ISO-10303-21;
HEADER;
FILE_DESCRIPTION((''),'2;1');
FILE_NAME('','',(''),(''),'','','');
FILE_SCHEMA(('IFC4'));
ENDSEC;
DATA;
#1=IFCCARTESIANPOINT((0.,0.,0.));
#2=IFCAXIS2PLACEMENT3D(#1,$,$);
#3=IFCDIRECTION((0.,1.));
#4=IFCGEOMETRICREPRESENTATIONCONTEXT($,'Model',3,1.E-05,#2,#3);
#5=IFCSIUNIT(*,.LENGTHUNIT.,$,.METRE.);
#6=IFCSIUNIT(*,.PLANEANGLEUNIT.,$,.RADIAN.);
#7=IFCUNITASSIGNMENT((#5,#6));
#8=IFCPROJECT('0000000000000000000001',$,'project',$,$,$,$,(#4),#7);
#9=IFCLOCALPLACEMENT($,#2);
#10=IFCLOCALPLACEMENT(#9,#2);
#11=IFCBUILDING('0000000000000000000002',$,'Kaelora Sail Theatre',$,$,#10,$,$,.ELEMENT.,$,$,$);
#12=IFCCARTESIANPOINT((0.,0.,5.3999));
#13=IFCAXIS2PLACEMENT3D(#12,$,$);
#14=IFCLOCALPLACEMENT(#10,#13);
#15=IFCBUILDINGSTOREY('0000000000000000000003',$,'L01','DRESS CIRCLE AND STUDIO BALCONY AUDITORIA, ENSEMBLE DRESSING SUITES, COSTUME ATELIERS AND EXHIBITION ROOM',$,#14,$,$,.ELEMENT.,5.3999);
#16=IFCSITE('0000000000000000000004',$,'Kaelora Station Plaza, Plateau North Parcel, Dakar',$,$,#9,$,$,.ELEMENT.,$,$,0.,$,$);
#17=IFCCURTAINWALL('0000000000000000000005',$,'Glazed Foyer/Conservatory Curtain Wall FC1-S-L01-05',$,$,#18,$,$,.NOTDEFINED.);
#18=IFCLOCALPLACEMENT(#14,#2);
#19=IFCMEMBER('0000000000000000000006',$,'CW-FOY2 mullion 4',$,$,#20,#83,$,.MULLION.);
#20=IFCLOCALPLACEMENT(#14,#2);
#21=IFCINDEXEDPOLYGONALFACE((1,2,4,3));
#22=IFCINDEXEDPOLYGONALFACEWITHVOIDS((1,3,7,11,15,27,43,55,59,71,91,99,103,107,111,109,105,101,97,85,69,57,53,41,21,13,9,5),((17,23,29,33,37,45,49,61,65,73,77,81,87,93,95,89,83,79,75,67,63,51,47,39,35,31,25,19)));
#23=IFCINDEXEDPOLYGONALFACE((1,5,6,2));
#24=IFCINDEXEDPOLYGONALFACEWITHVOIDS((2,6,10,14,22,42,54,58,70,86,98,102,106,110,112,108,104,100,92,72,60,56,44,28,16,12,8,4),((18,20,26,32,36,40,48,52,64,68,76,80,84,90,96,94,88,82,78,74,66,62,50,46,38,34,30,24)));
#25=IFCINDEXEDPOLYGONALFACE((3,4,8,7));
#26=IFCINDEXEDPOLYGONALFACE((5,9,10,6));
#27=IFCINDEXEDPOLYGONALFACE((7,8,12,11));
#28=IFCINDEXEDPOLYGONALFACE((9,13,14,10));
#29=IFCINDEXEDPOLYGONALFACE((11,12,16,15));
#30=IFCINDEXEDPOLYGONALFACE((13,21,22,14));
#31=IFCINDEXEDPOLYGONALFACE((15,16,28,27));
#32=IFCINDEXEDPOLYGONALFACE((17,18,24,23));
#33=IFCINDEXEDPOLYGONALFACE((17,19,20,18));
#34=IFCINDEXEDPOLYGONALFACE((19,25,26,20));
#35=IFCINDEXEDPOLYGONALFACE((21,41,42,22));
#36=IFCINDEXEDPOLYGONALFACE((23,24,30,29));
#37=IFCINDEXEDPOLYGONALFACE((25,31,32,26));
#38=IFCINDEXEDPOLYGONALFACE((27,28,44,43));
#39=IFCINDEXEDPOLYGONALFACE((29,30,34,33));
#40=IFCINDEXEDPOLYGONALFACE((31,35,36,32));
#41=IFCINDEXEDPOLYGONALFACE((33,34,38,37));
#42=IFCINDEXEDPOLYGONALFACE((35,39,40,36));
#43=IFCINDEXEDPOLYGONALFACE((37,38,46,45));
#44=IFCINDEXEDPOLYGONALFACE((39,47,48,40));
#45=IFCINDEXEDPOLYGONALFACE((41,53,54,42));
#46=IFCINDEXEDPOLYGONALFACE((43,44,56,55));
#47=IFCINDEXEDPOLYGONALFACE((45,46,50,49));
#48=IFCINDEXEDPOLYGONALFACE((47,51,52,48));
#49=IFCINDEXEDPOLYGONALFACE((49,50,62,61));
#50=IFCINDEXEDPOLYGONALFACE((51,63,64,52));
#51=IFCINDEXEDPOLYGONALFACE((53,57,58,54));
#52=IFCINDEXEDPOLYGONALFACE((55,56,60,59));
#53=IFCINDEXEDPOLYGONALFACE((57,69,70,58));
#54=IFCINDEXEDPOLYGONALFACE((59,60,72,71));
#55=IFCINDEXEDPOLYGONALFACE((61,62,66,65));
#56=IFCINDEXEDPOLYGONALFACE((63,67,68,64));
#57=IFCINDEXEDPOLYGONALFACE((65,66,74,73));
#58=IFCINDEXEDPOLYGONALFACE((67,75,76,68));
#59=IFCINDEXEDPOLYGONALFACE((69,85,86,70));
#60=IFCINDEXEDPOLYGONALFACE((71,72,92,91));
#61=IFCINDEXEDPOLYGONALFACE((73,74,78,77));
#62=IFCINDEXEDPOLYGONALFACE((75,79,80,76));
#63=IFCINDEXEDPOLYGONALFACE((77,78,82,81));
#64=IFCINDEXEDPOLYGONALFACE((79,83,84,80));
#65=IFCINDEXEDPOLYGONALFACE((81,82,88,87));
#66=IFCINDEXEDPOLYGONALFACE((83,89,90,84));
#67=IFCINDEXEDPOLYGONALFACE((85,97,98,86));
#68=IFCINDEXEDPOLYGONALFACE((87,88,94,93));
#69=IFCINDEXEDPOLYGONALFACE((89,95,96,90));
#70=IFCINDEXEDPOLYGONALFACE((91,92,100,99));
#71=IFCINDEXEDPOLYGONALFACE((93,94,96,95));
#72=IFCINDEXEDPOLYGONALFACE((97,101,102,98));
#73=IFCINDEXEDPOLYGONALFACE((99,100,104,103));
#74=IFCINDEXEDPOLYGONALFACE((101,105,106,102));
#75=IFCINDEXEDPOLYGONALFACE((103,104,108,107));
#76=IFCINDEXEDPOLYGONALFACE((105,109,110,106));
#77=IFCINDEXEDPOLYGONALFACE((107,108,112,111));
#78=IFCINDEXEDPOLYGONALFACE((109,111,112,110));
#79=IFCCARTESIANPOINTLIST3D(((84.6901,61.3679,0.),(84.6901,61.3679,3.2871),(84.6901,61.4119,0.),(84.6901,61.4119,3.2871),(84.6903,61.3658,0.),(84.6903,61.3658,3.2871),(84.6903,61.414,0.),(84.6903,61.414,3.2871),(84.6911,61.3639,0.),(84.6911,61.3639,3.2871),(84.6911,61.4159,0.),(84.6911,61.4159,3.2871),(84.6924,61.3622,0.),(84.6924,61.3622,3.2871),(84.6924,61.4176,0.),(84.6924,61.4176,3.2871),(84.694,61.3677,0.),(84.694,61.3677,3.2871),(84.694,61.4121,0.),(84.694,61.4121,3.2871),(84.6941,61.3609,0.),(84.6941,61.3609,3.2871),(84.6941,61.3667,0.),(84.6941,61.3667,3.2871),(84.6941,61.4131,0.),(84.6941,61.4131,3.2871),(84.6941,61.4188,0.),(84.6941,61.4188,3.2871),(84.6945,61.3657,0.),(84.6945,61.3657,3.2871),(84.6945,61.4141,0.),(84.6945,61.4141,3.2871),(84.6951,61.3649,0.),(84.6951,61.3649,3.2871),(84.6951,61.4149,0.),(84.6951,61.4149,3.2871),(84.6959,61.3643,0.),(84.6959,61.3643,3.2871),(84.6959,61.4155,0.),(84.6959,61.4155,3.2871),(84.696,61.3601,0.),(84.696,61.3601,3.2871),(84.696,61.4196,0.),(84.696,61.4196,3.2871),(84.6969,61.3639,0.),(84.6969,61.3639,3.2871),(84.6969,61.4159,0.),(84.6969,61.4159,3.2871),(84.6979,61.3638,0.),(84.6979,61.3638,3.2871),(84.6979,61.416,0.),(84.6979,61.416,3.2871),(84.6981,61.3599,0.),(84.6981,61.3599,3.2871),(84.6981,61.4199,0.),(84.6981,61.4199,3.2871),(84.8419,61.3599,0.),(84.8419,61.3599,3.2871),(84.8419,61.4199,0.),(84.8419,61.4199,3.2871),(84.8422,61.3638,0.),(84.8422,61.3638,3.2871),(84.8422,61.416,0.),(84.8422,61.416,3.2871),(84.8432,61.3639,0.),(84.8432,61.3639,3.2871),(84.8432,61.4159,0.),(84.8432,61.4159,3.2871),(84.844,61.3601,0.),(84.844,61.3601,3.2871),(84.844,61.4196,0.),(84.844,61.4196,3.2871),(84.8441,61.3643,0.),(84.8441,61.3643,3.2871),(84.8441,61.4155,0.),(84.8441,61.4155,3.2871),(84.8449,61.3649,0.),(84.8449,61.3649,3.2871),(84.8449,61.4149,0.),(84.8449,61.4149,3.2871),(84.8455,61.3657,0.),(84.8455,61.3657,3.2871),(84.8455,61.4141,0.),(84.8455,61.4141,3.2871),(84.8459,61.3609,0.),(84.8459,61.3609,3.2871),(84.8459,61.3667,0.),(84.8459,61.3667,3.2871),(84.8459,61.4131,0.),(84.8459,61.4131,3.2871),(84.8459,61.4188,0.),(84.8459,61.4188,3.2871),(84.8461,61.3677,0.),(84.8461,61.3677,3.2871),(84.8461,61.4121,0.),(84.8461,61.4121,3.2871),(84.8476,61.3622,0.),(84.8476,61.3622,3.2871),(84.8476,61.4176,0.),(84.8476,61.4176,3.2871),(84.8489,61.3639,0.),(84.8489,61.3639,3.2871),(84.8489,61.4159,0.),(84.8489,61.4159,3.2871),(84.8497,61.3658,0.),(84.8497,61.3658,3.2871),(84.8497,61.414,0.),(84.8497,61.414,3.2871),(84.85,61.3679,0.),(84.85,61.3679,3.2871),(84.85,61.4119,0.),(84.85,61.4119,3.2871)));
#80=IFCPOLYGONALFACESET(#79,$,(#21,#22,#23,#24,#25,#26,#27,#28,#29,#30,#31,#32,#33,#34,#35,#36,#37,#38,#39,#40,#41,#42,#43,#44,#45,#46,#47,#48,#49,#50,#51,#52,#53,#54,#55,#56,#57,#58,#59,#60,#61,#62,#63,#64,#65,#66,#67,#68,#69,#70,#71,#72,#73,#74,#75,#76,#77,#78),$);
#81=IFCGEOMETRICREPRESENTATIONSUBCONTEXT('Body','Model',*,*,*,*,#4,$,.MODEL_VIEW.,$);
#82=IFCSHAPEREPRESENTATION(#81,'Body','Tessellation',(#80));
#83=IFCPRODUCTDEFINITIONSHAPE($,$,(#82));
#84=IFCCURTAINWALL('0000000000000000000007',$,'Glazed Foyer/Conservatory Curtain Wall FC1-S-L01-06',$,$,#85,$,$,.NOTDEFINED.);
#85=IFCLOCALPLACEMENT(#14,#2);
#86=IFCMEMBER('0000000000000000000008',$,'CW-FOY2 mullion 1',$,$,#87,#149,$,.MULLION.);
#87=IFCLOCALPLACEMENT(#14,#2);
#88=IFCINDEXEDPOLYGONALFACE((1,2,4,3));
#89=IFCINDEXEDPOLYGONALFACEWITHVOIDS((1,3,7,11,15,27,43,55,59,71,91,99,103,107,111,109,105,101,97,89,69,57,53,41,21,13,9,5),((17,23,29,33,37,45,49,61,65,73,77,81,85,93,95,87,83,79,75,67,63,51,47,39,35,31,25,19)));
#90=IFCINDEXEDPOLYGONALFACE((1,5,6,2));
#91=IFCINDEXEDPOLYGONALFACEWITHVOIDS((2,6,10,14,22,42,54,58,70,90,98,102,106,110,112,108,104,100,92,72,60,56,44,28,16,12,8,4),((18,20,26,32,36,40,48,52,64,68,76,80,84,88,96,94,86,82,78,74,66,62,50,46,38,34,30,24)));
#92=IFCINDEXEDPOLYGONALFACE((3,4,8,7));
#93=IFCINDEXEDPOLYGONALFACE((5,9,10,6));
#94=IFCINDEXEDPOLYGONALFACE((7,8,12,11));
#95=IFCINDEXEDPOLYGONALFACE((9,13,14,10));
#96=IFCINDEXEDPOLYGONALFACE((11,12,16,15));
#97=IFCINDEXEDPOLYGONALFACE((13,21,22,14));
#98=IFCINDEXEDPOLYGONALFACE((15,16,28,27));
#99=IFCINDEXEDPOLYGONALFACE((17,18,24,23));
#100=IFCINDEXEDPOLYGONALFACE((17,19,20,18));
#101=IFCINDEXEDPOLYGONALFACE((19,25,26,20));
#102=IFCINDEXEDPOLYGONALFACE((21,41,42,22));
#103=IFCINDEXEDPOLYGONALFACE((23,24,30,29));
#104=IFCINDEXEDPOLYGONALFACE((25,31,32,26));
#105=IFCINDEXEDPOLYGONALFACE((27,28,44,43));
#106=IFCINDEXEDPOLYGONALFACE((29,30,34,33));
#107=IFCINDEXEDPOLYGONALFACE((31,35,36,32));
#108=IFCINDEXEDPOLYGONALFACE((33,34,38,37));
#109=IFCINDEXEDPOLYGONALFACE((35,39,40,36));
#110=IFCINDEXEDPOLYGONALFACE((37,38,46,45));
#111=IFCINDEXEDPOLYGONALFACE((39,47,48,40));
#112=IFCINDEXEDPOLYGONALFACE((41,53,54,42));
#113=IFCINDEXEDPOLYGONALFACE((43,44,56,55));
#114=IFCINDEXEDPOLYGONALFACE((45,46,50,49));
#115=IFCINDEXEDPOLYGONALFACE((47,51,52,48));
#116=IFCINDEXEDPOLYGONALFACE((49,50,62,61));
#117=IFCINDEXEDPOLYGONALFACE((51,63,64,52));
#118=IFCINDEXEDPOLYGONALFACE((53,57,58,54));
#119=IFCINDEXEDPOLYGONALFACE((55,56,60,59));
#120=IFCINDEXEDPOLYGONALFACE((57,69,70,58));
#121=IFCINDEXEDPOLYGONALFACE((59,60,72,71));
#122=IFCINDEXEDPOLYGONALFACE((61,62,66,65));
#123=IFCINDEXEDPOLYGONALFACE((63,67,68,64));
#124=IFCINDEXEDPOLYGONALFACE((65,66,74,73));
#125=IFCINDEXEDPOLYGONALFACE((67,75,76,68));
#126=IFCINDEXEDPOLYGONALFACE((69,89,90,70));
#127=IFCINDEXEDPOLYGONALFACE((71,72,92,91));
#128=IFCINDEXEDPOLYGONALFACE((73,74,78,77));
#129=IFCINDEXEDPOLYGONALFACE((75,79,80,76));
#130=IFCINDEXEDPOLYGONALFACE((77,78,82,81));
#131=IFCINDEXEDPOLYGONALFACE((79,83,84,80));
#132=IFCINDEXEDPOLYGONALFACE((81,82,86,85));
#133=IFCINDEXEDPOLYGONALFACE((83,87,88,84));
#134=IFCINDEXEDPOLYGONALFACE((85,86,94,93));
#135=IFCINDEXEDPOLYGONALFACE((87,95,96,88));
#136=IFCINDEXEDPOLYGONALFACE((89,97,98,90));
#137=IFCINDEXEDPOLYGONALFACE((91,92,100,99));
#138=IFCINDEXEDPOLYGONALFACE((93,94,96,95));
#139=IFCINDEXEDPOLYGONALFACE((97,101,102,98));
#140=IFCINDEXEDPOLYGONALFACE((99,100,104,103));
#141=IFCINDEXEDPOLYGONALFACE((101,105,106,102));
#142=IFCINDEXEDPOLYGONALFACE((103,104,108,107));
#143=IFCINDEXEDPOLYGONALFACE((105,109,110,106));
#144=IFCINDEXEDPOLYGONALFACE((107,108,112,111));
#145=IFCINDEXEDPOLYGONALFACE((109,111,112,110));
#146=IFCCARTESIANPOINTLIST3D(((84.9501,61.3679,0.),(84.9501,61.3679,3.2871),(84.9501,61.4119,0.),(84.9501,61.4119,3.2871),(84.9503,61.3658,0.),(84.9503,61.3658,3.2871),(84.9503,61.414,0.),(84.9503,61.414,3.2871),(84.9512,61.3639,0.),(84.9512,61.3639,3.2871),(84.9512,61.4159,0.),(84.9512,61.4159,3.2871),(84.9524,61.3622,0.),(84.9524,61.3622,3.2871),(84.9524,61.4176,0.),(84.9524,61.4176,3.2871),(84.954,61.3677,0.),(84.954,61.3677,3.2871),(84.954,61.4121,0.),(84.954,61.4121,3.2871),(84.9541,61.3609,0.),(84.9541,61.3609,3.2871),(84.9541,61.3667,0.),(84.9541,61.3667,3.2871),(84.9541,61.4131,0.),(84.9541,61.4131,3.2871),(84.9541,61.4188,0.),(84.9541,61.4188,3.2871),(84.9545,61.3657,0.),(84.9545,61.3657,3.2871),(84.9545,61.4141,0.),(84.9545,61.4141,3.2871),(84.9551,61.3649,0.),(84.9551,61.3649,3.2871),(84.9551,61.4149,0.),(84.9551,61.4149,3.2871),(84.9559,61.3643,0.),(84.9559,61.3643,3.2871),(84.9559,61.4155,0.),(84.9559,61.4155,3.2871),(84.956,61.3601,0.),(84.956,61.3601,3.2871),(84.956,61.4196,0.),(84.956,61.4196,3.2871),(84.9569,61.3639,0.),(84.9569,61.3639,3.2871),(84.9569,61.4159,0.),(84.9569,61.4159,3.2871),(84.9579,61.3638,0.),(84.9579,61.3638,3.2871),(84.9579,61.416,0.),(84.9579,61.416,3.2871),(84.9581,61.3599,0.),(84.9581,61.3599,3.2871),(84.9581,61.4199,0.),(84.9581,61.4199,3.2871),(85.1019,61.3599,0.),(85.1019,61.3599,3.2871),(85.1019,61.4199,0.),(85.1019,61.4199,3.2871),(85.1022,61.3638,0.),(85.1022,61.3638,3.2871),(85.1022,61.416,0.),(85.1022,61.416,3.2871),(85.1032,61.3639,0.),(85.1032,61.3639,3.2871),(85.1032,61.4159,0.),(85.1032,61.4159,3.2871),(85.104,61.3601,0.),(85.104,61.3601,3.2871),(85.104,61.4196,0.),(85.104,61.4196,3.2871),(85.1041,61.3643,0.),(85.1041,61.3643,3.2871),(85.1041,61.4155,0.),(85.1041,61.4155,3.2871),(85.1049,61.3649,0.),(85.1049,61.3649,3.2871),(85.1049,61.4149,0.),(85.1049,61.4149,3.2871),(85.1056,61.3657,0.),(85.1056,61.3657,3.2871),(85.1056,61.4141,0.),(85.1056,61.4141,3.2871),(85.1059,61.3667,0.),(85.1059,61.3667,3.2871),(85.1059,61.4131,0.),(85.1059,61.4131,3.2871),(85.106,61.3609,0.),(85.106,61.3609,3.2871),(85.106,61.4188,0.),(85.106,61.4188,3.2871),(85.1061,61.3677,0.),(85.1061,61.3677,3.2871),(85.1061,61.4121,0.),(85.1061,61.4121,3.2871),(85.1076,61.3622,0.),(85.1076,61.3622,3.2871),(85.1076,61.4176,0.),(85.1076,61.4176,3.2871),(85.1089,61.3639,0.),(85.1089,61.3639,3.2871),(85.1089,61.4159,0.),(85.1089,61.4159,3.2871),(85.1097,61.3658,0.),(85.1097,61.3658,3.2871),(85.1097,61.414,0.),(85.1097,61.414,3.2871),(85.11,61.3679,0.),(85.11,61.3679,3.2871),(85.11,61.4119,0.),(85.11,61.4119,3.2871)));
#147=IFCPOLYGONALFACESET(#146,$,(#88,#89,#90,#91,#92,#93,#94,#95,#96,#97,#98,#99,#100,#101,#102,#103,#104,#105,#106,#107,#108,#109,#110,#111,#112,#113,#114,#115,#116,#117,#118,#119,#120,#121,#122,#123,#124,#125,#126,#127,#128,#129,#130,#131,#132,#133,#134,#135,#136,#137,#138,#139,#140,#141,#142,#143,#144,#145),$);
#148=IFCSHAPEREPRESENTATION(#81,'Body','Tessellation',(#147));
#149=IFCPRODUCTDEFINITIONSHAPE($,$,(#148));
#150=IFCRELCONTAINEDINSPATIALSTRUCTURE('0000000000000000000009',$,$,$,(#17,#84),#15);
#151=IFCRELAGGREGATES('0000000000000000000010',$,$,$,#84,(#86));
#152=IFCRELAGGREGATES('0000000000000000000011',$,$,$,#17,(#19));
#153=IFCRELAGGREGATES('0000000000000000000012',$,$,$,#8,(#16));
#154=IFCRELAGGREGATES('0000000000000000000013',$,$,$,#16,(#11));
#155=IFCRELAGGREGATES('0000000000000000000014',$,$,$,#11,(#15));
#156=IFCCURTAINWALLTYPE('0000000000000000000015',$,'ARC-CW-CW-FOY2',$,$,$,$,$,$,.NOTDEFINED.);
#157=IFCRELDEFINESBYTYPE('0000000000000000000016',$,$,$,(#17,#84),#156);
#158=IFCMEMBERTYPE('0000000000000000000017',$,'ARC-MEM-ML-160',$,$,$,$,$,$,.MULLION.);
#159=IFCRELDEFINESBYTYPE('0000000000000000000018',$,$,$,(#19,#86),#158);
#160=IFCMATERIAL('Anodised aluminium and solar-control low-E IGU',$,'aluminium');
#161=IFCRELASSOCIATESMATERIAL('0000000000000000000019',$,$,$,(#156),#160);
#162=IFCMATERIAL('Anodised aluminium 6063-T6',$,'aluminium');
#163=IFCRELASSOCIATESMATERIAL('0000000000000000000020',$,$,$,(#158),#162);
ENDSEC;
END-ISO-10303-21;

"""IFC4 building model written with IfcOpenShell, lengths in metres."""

from ifc_helpers import new_model, si_unit, direction, frame, origin, origin_2d, place, context, subcontext, project, spatial, hollow_rectangle, extrude, material, material_profile, profile_set, type_object, element, aggregate, save


model = new_model("IFC4")

# Units and contexts
model_context = context("Model", 3, precision=1e-05, world=origin(), true_north=direction((0.0, 1.0)))
body_context = subcontext(model_context, "Body", "Model", "MODEL_VIEW")
ifc_project = project(units=[si_unit("LENGTHUNIT", "METRE"), si_unit("PLANEANGLEUNIT", "RADIAN")], contexts=[model_context])

# Site, building, storey
site_placement = place(None, origin())
site = spatial("IfcSite", under=ifc_project, at=site_placement, Name="Kaelora Station Plaza, Plateau North Parcel, Dakar", CompositionType="ELEMENT", RefElevation=0.0)
building_placement = place(site_placement, origin())
building = spatial("IfcBuilding", under=site, at=building_placement, Name="Kaelora Sail Theatre", CompositionType="ELEMENT")
storey_placement = place(building_placement, frame((0.0, 0.0, 5.3999)))
storey = spatial("IfcBuildingStorey", under=building, at=storey_placement, Name="L01", Description="DRESS CIRCLE AND STUDIO BALCONY AUDITORIA, ENSEMBLE DRESSING SUITES, COSTUME ATELIERS AND EXHIBITION ROOM", CompositionType="ELEMENT", Elevation=5.3999)

# Curtain wall, member
ifc_material_1 = material(Name="Anodised aluminium and solar-control low-E IGU", Category="aluminium")
curtain_wall_type = type_object("IfcCurtainWallType", Name="ARC-CW-CW-FOY2", PredefinedType="NOTDEFINED", material=ifc_material_1)
curtain_wall_1_placement = place(storey_placement, origin())
curtain_wall_1 = element("IfcCurtainWall", 1, at=curtain_wall_1_placement, inside=storey, type_object=curtain_wall_type, Name="Glazed Foyer/Conservatory Curtain Wall FC1-S-L01-05", PredefinedType="NOTDEFINED")
ifc_material_2 = material(Name="Anodised aluminium 6063-T6", Category="aluminium")
ifc_material_profile_1 = material_profile(ifc_material_2, hollow_rectangle(XDim=0.0601, YDim=0.1599, WallThickness=0.0039, InnerFilletRadius=0.0039, OuterFilletRadius=0.0081, at=origin_2d()), Name="ALU-MULL 60x160x4")
ifc_profile_set_1 = profile_set([ifc_material_profile_1], Name="Anodised aluminium 6063-T6")
member_type_1 = type_object("IfcMemberType", Name="ARC-MEM-ML-160", PredefinedType="MULLION", material=ifc_profile_set_1)
member_1_placement = place(storey_placement, frame((84.77, 61.3899, 0.0), z_axis=(0.0, 0.0, 1.0), x_axis=(0.0, 1.0, 0.0)))
member_1 = element("IfcMember", 2, at=member_1_placement, type_object=member_type_1, Name="CW-FOY2 mullion 4", PredefinedType="MULLION", context=body_context, shape_type="SweptSolid", body=[
    extrude(hollow_rectangle(XDim=0.0601, YDim=0.1599, WallThickness=0.0039, InnerFilletRadius=0.0039, OuterFilletRadius=0.0081, at=origin_2d()), origin(), (0.0, 0.0, 1.0), 3.2871),
])

# Curtain wall, member
curtain_wall_2_placement = place(storey_placement, origin())
curtain_wall_2 = element("IfcCurtainWall", 3, at=curtain_wall_2_placement, inside=storey, type_object=curtain_wall_type, Name="Glazed Foyer/Conservatory Curtain Wall FC1-S-L01-06", PredefinedType="NOTDEFINED")
member_2_placement = place(storey_placement, frame((85.03, 61.3899, 0.0), z_axis=(0.0, 0.0, 1.0), x_axis=(0.0, 1.0, 0.0)))
member_2 = element("IfcMember", 4, at=member_2_placement, type_object=member_type_1, Name="CW-FOY2 mullion 1", PredefinedType="MULLION", context=body_context, shape_type="SweptSolid", body=[
    extrude(hollow_rectangle(XDim=0.0601, YDim=0.1599, WallThickness=0.0039, InnerFilletRadius=0.0039, OuterFilletRadius=0.0081, at=origin_2d()), origin(), (0.0, 0.0, 1.0), 3.2871),
])

aggregate(curtain_wall_2, [member_2])

aggregate(curtain_wall_1, [member_1])

save(model, "model.ifc")
